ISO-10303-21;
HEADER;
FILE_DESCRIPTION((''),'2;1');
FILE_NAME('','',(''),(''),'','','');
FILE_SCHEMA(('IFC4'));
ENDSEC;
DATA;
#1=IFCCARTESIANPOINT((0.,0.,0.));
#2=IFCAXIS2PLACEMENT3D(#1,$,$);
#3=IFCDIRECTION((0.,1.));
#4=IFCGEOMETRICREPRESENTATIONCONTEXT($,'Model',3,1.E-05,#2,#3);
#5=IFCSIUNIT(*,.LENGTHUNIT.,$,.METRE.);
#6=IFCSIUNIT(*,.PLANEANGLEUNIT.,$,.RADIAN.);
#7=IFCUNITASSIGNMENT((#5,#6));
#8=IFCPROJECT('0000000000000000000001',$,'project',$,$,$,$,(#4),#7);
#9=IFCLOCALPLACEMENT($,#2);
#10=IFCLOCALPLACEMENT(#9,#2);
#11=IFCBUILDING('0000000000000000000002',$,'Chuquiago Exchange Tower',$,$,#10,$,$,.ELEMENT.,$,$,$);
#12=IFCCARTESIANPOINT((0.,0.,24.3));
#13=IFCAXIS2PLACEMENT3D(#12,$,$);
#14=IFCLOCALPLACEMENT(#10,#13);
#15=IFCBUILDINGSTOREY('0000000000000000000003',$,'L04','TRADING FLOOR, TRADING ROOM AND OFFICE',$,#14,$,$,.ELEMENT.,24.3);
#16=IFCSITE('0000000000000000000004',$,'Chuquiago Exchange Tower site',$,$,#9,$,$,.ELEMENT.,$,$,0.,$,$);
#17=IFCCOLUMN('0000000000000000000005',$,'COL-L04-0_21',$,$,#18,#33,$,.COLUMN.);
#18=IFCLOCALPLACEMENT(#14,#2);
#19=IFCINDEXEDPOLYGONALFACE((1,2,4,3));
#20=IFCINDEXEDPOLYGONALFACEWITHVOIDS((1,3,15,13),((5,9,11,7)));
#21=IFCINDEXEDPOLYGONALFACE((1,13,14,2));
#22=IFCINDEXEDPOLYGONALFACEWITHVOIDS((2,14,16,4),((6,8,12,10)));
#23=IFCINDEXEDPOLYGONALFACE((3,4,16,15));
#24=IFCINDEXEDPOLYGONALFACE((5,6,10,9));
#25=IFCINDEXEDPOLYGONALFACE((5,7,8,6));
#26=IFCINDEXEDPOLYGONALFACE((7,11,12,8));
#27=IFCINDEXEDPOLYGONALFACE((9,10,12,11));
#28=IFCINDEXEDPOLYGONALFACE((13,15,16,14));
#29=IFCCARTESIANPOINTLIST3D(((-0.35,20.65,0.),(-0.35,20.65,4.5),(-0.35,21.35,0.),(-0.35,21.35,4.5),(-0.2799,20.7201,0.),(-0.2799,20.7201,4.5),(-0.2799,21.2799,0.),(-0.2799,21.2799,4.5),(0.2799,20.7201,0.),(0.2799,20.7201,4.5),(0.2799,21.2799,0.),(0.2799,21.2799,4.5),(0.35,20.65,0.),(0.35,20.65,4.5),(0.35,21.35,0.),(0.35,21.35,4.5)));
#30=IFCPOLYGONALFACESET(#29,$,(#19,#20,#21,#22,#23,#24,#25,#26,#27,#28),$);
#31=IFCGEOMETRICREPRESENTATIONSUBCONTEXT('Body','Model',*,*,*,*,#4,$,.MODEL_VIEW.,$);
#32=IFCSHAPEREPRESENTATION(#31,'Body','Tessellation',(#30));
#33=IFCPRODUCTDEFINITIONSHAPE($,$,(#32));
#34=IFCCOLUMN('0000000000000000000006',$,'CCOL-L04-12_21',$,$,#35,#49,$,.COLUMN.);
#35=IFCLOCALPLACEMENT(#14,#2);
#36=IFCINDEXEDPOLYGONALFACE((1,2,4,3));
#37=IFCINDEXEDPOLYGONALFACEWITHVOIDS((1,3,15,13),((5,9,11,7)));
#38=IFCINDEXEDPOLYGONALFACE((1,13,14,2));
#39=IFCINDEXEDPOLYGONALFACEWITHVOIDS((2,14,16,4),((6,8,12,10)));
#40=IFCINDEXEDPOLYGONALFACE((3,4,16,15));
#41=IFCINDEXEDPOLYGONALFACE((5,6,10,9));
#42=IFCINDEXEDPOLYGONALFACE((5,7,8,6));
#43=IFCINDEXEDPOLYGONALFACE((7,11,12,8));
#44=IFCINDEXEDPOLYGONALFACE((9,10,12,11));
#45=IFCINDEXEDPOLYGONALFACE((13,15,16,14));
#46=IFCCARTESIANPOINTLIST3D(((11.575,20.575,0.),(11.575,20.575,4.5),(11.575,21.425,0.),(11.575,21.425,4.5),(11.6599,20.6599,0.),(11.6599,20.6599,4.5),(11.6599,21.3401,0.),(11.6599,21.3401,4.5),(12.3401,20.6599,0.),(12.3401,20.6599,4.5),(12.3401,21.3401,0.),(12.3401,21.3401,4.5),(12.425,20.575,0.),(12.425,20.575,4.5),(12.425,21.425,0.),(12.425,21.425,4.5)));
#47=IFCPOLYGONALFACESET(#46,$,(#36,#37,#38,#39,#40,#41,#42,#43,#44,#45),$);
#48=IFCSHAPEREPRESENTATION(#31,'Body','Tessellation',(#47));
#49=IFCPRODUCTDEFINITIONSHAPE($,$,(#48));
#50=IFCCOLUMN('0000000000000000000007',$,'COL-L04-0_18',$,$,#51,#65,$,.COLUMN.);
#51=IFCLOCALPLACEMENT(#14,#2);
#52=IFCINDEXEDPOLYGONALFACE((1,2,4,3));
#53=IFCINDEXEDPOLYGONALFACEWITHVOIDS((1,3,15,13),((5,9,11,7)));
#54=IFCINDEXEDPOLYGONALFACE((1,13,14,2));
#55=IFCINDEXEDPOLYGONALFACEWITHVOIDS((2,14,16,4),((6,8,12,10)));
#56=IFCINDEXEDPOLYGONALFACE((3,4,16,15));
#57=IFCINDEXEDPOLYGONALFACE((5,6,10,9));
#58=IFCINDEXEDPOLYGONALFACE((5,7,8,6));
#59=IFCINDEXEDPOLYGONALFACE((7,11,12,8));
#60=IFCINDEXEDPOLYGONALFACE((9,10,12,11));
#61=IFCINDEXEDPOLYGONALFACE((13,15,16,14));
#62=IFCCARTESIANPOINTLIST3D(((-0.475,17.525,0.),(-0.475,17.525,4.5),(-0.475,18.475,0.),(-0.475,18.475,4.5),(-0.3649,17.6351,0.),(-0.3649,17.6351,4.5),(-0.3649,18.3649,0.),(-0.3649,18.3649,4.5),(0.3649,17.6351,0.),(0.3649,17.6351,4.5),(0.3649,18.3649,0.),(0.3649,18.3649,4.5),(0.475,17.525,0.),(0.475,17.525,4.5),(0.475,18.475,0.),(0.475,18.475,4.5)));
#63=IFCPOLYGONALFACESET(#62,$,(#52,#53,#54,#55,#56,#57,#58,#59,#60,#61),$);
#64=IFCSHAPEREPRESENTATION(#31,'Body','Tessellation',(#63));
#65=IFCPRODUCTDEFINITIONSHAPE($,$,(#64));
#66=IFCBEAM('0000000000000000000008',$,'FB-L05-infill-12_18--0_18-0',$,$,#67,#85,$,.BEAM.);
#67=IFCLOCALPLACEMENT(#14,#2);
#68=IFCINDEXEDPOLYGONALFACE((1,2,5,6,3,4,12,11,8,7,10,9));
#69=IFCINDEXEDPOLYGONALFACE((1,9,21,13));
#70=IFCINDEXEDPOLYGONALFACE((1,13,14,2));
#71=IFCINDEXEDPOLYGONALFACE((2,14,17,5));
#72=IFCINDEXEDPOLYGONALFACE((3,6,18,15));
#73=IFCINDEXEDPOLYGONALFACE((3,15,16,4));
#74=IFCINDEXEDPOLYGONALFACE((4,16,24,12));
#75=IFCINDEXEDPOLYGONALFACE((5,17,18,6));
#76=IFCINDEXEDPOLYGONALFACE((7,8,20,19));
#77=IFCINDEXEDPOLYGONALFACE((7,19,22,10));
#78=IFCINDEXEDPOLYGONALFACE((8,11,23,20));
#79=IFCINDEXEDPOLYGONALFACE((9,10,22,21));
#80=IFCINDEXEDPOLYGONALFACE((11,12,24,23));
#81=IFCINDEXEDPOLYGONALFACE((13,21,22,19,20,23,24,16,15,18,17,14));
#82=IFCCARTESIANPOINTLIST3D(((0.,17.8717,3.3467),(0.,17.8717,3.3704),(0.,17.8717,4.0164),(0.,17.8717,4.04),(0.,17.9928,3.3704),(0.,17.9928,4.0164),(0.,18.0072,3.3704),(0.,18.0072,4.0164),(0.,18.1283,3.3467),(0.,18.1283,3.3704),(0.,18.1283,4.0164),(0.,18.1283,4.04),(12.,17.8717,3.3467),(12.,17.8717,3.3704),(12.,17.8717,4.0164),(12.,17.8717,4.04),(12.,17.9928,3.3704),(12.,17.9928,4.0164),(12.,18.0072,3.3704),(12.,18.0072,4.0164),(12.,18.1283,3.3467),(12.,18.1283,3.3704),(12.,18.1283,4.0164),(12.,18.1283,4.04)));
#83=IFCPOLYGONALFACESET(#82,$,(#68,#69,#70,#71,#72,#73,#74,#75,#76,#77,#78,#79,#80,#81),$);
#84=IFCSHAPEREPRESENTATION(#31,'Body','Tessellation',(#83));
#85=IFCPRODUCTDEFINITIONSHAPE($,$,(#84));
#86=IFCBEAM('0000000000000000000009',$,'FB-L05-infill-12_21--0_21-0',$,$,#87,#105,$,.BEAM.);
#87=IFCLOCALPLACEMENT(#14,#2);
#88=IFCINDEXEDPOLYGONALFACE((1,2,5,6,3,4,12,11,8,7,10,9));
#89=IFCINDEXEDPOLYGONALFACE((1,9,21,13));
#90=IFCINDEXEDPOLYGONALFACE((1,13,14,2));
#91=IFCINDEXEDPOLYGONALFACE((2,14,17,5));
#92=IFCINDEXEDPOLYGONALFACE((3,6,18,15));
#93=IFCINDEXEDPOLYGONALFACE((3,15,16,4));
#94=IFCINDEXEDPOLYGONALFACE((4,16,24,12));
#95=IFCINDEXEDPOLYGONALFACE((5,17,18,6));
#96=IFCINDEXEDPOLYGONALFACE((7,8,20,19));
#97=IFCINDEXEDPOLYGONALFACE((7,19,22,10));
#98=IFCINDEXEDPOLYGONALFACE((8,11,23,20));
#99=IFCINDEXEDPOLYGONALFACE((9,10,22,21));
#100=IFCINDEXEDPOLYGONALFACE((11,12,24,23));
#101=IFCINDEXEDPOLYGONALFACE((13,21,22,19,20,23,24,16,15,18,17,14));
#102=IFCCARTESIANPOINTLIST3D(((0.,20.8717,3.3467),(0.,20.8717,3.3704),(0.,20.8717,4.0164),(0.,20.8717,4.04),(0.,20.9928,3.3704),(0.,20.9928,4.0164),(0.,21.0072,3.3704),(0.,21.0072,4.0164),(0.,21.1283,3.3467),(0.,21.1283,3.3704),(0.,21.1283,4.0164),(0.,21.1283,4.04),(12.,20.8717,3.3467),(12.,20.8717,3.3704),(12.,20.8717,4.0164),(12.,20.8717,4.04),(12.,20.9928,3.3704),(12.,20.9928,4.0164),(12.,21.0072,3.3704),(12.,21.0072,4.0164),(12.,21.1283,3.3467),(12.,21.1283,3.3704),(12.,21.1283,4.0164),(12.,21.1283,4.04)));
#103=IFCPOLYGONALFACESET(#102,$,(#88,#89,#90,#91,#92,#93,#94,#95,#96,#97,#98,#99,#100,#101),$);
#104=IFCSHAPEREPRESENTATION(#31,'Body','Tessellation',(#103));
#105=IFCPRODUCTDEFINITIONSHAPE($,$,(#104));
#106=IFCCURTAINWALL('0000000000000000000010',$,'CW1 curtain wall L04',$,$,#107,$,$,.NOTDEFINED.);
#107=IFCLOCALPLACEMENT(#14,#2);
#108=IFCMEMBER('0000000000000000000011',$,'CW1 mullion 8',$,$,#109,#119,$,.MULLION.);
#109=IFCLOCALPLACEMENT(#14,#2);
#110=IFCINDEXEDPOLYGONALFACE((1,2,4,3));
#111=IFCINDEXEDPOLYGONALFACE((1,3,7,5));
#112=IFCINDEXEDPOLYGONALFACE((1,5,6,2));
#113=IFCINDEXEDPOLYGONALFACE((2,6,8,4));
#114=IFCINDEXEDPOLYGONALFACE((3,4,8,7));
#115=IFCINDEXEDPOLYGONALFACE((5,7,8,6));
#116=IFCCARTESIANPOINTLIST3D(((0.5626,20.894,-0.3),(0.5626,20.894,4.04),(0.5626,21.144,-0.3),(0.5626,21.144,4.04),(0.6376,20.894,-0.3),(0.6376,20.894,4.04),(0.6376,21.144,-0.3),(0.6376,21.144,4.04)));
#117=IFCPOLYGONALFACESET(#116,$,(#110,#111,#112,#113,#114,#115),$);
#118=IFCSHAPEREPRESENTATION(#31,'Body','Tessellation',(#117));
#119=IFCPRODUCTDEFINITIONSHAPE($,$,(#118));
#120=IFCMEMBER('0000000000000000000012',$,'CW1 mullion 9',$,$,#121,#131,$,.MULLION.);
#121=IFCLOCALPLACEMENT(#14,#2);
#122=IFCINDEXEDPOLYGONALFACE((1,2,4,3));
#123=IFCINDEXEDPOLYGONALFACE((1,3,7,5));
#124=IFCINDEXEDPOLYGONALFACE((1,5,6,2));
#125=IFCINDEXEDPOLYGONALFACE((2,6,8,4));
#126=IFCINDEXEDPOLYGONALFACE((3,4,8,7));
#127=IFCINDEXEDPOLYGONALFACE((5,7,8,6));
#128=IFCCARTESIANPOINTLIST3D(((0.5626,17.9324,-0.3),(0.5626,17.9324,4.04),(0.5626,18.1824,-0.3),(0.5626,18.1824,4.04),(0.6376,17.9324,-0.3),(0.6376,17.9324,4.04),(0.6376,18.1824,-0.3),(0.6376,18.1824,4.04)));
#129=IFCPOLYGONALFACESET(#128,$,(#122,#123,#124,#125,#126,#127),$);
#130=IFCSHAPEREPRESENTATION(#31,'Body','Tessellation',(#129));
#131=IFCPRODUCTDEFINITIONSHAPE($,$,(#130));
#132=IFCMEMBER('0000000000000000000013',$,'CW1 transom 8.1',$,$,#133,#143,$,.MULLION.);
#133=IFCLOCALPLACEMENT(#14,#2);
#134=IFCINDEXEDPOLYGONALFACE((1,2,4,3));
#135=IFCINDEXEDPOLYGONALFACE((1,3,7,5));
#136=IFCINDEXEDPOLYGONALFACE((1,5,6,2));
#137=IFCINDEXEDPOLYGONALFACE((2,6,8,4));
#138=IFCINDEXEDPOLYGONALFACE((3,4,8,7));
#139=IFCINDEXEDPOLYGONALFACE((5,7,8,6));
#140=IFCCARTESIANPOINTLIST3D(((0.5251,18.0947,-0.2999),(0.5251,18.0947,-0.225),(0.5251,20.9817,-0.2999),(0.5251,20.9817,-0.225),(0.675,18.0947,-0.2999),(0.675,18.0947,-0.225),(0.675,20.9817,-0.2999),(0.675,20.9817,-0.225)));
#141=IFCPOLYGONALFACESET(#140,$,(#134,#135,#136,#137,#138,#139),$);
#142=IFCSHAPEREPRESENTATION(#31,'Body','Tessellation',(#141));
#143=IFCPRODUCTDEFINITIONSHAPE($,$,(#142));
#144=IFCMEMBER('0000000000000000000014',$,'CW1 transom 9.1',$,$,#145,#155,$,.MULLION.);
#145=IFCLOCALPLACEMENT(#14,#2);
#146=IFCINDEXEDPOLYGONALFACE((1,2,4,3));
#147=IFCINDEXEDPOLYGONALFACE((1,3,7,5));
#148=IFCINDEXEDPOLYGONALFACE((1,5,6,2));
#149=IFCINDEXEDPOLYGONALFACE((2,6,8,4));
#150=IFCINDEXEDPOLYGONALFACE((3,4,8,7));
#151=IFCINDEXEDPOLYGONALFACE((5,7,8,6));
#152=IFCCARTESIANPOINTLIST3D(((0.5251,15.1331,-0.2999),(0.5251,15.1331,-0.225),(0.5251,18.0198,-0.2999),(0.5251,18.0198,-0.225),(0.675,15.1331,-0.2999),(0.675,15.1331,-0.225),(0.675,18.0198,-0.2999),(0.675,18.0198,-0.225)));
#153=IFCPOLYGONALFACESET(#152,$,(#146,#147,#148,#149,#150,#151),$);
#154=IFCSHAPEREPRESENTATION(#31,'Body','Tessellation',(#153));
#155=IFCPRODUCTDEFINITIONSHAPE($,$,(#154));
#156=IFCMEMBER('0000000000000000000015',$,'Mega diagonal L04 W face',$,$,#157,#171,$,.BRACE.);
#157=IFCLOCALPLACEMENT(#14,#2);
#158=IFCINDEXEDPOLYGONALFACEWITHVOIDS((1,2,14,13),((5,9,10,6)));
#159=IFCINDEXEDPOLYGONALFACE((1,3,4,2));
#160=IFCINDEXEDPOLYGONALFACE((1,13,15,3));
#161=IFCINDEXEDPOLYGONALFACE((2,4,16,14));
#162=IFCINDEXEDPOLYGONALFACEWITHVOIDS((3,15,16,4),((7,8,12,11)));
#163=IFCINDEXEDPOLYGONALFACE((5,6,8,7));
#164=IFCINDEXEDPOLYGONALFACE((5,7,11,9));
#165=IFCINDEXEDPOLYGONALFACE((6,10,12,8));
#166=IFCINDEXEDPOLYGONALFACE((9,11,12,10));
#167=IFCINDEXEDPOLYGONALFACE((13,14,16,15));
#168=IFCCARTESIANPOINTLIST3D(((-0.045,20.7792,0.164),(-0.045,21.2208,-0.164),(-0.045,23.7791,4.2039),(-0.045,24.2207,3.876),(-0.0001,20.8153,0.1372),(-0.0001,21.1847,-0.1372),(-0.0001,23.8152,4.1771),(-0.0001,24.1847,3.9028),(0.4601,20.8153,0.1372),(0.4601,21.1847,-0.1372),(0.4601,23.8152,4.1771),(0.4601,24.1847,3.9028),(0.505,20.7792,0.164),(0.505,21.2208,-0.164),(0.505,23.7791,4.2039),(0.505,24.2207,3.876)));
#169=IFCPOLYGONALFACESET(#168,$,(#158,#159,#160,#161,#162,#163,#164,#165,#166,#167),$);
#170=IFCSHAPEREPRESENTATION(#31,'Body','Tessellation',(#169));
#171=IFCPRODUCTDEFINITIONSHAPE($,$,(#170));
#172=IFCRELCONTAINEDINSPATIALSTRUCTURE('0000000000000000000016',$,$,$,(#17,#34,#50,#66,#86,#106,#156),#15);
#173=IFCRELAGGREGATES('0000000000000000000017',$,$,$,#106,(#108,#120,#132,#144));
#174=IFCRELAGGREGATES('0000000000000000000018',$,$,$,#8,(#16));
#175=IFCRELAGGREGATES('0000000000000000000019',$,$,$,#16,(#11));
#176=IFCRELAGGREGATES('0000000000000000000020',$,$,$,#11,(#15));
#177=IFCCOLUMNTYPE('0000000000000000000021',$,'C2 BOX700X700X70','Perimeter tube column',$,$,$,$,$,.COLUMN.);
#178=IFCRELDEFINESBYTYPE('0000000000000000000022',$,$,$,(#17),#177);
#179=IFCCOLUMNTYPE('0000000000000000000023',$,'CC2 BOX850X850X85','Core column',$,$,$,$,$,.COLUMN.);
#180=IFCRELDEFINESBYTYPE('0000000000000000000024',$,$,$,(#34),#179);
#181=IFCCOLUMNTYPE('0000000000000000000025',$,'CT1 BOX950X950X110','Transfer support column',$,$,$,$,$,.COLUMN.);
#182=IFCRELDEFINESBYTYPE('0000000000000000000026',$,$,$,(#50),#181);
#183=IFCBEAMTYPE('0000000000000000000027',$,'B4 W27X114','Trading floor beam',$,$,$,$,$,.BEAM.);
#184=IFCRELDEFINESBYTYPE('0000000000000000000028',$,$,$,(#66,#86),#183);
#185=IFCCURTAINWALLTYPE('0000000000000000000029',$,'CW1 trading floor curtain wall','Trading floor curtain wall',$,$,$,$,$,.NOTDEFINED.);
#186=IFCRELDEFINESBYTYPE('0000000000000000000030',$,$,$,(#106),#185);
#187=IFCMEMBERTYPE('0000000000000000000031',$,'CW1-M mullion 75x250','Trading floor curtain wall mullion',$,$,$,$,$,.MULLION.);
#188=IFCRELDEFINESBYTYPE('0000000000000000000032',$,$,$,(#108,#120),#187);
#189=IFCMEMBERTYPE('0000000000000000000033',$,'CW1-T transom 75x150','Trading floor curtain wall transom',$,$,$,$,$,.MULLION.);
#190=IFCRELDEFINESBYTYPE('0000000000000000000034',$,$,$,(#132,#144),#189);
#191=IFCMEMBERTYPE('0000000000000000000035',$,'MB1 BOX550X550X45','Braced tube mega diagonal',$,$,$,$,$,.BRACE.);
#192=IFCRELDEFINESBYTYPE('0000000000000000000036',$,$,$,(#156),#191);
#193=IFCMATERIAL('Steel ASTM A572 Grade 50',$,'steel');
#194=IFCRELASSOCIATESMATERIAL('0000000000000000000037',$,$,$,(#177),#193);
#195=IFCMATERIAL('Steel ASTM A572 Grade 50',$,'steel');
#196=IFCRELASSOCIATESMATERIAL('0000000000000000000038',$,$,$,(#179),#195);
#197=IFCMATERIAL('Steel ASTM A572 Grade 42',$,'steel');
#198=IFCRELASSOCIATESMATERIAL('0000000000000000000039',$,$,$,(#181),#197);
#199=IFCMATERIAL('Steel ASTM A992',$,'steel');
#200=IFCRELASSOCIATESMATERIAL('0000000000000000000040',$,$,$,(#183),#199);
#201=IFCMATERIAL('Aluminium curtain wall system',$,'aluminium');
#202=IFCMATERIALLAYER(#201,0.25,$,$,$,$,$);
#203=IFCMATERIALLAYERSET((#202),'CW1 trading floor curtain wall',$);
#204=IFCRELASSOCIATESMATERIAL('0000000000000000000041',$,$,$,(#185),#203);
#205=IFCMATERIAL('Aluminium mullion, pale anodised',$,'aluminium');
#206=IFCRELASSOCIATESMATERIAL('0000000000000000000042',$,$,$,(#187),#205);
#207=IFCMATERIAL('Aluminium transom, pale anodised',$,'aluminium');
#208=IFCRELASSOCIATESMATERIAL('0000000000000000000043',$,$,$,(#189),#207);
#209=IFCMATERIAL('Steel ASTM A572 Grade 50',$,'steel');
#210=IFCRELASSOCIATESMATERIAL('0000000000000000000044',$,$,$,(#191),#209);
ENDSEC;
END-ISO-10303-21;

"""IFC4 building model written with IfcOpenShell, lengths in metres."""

from ifc_helpers import new_model, si_unit, direction, frame, origin, origin_2d, place, context, subcontext, project, spatial, rectangle, hollow_rectangle, i_section, extrude, material, layer, layer_set, material_profile, profile_set, type_object, element, aggregate, save


model = new_model("IFC4")

# Units and contexts
model_context = context("Model", 3, precision=1e-05, world=origin(), true_north=direction((0.0, 1.0)))
body_context = subcontext(model_context, "Body", "Model", "MODEL_VIEW")
ifc_project = project(units=[si_unit("LENGTHUNIT", "METRE"), si_unit("PLANEANGLEUNIT", "RADIAN")], contexts=[model_context])

# Site, building, storey
site_placement = place(None, origin())
site = spatial("IfcSite", under=ifc_project, at=site_placement, Name="Chuquiago Exchange Tower site", CompositionType="ELEMENT", RefElevation=0.0)
building_placement = place(site_placement, origin())
building = spatial("IfcBuilding", under=site, at=building_placement, Name="Chuquiago Exchange Tower", CompositionType="ELEMENT")
storey_placement = place(building_placement, frame((0.0, 0.0, 24.3)))
storey = spatial("IfcBuildingStorey", under=building, at=storey_placement, Name="L04", Description="TRADING FLOOR, TRADING ROOM AND OFFICE", CompositionType="ELEMENT", Elevation=24.3)

# Columns
ifc_material_1 = material(Name="Steel ASTM A572 Grade 50", Category="steel")
ifc_material_profile_1 = material_profile(ifc_material_1, hollow_rectangle(XDim=0.7, YDim=0.7, WallThickness=0.0701, at=origin_2d()), Name="BOX700X700X70")
ifc_profile_set_1 = profile_set([ifc_material_profile_1], Name="Steel ASTM A572 Grade 50")
column_type_1 = type_object("IfcColumnType", Name="C2 BOX700X700X70", Description="Perimeter tube column", PredefinedType="COLUMN", material=ifc_profile_set_1)
column_1_placement = place(storey_placement, frame((0.0, 21.0, 0.0), z_axis=(0.0, 0.0, 1.0), x_axis=(-1.0, 0.0, 0.0)))
element("IfcColumn", 1, at=column_1_placement, inside=storey, type_object=column_type_1, Name="COL-L04-0_21", PredefinedType="COLUMN", context=body_context, shape_type="SweptSolid", body=[
    extrude(hollow_rectangle(XDim=0.7, YDim=0.7, WallThickness=0.0701, at=origin_2d()), origin(), (0.0, 0.0, 1.0), 4.5),
])
ifc_material_2 = material(Name="Steel ASTM A572 Grade 50", Category="steel")
ifc_material_profile_2 = material_profile(ifc_material_2, hollow_rectangle(XDim=0.8501, YDim=0.8501, WallThickness=0.085, at=origin_2d()), Name="BOX850X850X85")
ifc_profile_set_2 = profile_set([ifc_material_profile_2], Name="Steel ASTM A572 Grade 50")
column_type_2 = type_object("IfcColumnType", Name="CC2 BOX850X850X85", Description="Core column", PredefinedType="COLUMN", material=ifc_profile_set_2)
column_2_placement = place(storey_placement, frame((12.0, 21.0, 0.0), z_axis=(0.0, 0.0, 1.0), x_axis=(1.0, 0.0, 0.0)))
element("IfcColumn", 2, at=column_2_placement, inside=storey, type_object=column_type_2, Name="CCOL-L04-12_21", PredefinedType="COLUMN", context=body_context, shape_type="SweptSolid", body=[
    extrude(hollow_rectangle(XDim=0.8501, YDim=0.8501, WallThickness=0.085, at=origin_2d()), origin(), (0.0, 0.0, 1.0), 4.5),
])
ifc_material_3 = material(Name="Steel ASTM A572 Grade 42", Category="steel")
ifc_material_profile_3 = material_profile(ifc_material_3, hollow_rectangle(XDim=0.95, YDim=0.95, WallThickness=0.1101, at=origin_2d()), Name="BOX950X950X110")
ifc_profile_set_3 = profile_set([ifc_material_profile_3], Name="Steel ASTM A572 Grade 42")
column_type_3 = type_object("IfcColumnType", Name="CT1 BOX950X950X110", Description="Transfer support column", PredefinedType="COLUMN", material=ifc_profile_set_3)
column_3_placement = place(storey_placement, frame((0.0, 18.0, 0.0), z_axis=(0.0, 0.0, 1.0), x_axis=(-1.0, 0.0, 0.0)))
element("IfcColumn", 3, at=column_3_placement, inside=storey, type_object=column_type_3, Name="COL-L04-0_18", PredefinedType="COLUMN", context=body_context, shape_type="SweptSolid", body=[
    extrude(hollow_rectangle(XDim=0.95, YDim=0.95, WallThickness=0.1101, at=origin_2d()), origin(), (0.0, 0.0, 1.0), 4.5),
])

# Beams
ifc_material_4 = material(Name="Steel ASTM A992", Category="steel")
ifc_material_profile_4 = material_profile(ifc_material_4, i_section(OverallWidth=0.2566, OverallDepth=0.6934, WebThickness=0.0144, FlangeThickness=0.0237, at=origin_2d()), Name="W27X114")
ifc_profile_set_4 = profile_set([ifc_material_profile_4], Name="Steel ASTM A992")
beam_type_1 = type_object("IfcBeamType", Name="B4 W27X114", Description="Trading floor beam", PredefinedType="BEAM", material=ifc_profile_set_4)
for number, where, z_axis, x_axis, name in (
    (4, (12.0, 18.0, 3.6934), (-1.0, 0.0, 0.0), (0.0, -1.0, 0.0), "FB-L05-infill-12_18--0_18-0"),
    (5, (12.0, 21.0, 3.6934), (-1.0, 0.0, 0.0), (0.0, -1.0, 0.0), "FB-L05-infill-12_21--0_21-0"),
):
    element("IfcBeam", number, at=place(storey_placement, frame(where, z_axis=z_axis, x_axis=x_axis)), inside=storey, type_object=beam_type_1, Name=name, PredefinedType="BEAM", context=body_context, shape_type="SweptSolid", body=[
        extrude(i_section(OverallWidth=0.2566, OverallDepth=0.6934, WebThickness=0.0144, FlangeThickness=0.0237, at=origin_2d()), origin(), (0.0, 0.0, 1.0), 12.0),
    ])

# Curtain wall, members
ifc_material_5 = material(Name="Aluminium curtain wall system", Category="aluminium")
ifc_layer_1 = layer(ifc_material_5, 0.25)
ifc_layer_set_1 = layer_set([ifc_layer_1], Name="CW1 trading floor curtain wall")
curtain_wall_type = type_object("IfcCurtainWallType", Name="CW1 trading floor curtain wall", Description="Trading floor curtain wall", PredefinedType="NOTDEFINED", material=ifc_layer_set_1)
curtain_wall_placement = place(storey_placement, origin())
curtain_wall = element("IfcCurtainWall", 6, at=curtain_wall_placement, inside=storey, type_object=curtain_wall_type, Name="CW1 curtain wall L04", PredefinedType="NOTDEFINED")
ifc_material_6 = material(Name="Aluminium mullion, pale anodised", Category="aluminium")
ifc_material_profile_5 = material_profile(ifc_material_6, rectangle(XDim=0.075, YDim=0.25, at=origin_2d()), Name="AL 75x250")
ifc_profile_set_5 = profile_set([ifc_material_profile_5], Name="Aluminium mullion, pale anodised")
member_type_1 = type_object("IfcMemberType", Name="CW1-M mullion 75x250", Description="Trading floor curtain wall mullion", PredefinedType="MULLION", material=ifc_profile_set_5)
member_1_placement = place(storey_placement, frame((0.6001, 21.019, -0.3), z_axis=(0.0, 0.0, 1.0), x_axis=(1.0, 0.0, 0.0)))
member_1 = element("IfcMember", 7, at=member_1_placement, type_object=member_type_1, Name="CW1 mullion 8", PredefinedType="MULLION", context=body_context, shape_type="SweptSolid", body=[
    extrude(rectangle(XDim=0.075, YDim=0.25, at=origin_2d()), origin(), (0.0, 0.0, 1.0), 4.3401),
])
member_2_placement = place(storey_placement, frame((0.6001, 18.0574, -0.3), z_axis=(0.0, 0.0, 1.0), x_axis=(1.0, 0.0, 0.0)))
member_2 = element("IfcMember", 8, at=member_2_placement, type_object=member_type_1, Name="CW1 mullion 9", PredefinedType="MULLION", context=body_context, shape_type="SweptSolid", body=[
    extrude(rectangle(XDim=0.075, YDim=0.25, at=origin_2d()), origin(), (0.0, 0.0, 1.0), 4.3401),
])
ifc_material_7 = material(Name="Aluminium transom, pale anodised", Category="aluminium")
ifc_material_profile_6 = material_profile(ifc_material_7, rectangle(XDim=0.1499, YDim=0.075, at=origin_2d()), Name="AL 150x75")
ifc_profile_set_6 = profile_set([ifc_material_profile_6], Name="Aluminium transom, pale anodised")
member_type_2 = type_object("IfcMemberType", Name="CW1-T transom 75x150", Description="Trading floor curtain wall transom", PredefinedType="MULLION", material=ifc_profile_set_6)
member_3_placement = place(storey_placement, frame((0.6001, 20.9817, -0.2625), z_axis=(0.0, -1.0, 0.0), x_axis=(1.0, 0.0, 0.0)))
member_3 = element("IfcMember", 9, at=member_3_placement, type_object=member_type_2, Name="CW1 transom 8.1", PredefinedType="MULLION", context=body_context, shape_type="SweptSolid", body=[
    extrude(rectangle(XDim=0.1499, YDim=0.075, at=origin_2d()), origin(), (0.0, 0.0, 1.0), 2.887),
])
member_4_placement = place(storey_placement, frame((0.6001, 18.0198, -0.2625), z_axis=(0.0, -1.0, 0.0), x_axis=(1.0, 0.0, 0.0)))
member_4 = element("IfcMember", 10, at=member_4_placement, type_object=member_type_2, Name="CW1 transom 9.1", PredefinedType="MULLION", context=body_context, shape_type="SweptSolid", body=[
    extrude(rectangle(XDim=0.1499, YDim=0.075, at=origin_2d()), origin(), (0.0, 0.0, 1.0), 2.8867),
])

# Member
ifc_material_8 = material(Name="Steel ASTM A572 Grade 50", Category="steel")
ifc_material_profile_7 = material_profile(ifc_material_8, hollow_rectangle(XDim=0.55, YDim=0.55, WallThickness=0.0449, at=origin_2d()), Name="BOX550X550X45")
ifc_profile_set_7 = profile_set([ifc_material_profile_7], Name="Steel ASTM A572 Grade 50")
member_type_3 = type_object("IfcMemberType", Name="MB1 BOX550X550X45", Description="Braced tube mega diagonal", PredefinedType="BRACE", material=ifc_profile_set_7)
member_5_placement = place(storey_placement, frame((0.23, 21.0, 0.0), z_axis=(0.0, 0.596174, 0.802855), x_axis=(-1.0, 0.0, 0.0)))
element("IfcMember", 11, at=member_5_placement, inside=storey, type_object=member_type_3, Name="Mega diagonal L04 W face", PredefinedType="BRACE", context=body_context, shape_type="SweptSolid", body=[
    extrude(hollow_rectangle(XDim=0.55, YDim=0.55, WallThickness=0.0449, at=origin_2d()), origin(), (0.0, 0.0, 1.0), 5.032),
])

aggregate(curtain_wall, [member_1, member_2, member_3, member_4])

save(model, "model.ifc")
